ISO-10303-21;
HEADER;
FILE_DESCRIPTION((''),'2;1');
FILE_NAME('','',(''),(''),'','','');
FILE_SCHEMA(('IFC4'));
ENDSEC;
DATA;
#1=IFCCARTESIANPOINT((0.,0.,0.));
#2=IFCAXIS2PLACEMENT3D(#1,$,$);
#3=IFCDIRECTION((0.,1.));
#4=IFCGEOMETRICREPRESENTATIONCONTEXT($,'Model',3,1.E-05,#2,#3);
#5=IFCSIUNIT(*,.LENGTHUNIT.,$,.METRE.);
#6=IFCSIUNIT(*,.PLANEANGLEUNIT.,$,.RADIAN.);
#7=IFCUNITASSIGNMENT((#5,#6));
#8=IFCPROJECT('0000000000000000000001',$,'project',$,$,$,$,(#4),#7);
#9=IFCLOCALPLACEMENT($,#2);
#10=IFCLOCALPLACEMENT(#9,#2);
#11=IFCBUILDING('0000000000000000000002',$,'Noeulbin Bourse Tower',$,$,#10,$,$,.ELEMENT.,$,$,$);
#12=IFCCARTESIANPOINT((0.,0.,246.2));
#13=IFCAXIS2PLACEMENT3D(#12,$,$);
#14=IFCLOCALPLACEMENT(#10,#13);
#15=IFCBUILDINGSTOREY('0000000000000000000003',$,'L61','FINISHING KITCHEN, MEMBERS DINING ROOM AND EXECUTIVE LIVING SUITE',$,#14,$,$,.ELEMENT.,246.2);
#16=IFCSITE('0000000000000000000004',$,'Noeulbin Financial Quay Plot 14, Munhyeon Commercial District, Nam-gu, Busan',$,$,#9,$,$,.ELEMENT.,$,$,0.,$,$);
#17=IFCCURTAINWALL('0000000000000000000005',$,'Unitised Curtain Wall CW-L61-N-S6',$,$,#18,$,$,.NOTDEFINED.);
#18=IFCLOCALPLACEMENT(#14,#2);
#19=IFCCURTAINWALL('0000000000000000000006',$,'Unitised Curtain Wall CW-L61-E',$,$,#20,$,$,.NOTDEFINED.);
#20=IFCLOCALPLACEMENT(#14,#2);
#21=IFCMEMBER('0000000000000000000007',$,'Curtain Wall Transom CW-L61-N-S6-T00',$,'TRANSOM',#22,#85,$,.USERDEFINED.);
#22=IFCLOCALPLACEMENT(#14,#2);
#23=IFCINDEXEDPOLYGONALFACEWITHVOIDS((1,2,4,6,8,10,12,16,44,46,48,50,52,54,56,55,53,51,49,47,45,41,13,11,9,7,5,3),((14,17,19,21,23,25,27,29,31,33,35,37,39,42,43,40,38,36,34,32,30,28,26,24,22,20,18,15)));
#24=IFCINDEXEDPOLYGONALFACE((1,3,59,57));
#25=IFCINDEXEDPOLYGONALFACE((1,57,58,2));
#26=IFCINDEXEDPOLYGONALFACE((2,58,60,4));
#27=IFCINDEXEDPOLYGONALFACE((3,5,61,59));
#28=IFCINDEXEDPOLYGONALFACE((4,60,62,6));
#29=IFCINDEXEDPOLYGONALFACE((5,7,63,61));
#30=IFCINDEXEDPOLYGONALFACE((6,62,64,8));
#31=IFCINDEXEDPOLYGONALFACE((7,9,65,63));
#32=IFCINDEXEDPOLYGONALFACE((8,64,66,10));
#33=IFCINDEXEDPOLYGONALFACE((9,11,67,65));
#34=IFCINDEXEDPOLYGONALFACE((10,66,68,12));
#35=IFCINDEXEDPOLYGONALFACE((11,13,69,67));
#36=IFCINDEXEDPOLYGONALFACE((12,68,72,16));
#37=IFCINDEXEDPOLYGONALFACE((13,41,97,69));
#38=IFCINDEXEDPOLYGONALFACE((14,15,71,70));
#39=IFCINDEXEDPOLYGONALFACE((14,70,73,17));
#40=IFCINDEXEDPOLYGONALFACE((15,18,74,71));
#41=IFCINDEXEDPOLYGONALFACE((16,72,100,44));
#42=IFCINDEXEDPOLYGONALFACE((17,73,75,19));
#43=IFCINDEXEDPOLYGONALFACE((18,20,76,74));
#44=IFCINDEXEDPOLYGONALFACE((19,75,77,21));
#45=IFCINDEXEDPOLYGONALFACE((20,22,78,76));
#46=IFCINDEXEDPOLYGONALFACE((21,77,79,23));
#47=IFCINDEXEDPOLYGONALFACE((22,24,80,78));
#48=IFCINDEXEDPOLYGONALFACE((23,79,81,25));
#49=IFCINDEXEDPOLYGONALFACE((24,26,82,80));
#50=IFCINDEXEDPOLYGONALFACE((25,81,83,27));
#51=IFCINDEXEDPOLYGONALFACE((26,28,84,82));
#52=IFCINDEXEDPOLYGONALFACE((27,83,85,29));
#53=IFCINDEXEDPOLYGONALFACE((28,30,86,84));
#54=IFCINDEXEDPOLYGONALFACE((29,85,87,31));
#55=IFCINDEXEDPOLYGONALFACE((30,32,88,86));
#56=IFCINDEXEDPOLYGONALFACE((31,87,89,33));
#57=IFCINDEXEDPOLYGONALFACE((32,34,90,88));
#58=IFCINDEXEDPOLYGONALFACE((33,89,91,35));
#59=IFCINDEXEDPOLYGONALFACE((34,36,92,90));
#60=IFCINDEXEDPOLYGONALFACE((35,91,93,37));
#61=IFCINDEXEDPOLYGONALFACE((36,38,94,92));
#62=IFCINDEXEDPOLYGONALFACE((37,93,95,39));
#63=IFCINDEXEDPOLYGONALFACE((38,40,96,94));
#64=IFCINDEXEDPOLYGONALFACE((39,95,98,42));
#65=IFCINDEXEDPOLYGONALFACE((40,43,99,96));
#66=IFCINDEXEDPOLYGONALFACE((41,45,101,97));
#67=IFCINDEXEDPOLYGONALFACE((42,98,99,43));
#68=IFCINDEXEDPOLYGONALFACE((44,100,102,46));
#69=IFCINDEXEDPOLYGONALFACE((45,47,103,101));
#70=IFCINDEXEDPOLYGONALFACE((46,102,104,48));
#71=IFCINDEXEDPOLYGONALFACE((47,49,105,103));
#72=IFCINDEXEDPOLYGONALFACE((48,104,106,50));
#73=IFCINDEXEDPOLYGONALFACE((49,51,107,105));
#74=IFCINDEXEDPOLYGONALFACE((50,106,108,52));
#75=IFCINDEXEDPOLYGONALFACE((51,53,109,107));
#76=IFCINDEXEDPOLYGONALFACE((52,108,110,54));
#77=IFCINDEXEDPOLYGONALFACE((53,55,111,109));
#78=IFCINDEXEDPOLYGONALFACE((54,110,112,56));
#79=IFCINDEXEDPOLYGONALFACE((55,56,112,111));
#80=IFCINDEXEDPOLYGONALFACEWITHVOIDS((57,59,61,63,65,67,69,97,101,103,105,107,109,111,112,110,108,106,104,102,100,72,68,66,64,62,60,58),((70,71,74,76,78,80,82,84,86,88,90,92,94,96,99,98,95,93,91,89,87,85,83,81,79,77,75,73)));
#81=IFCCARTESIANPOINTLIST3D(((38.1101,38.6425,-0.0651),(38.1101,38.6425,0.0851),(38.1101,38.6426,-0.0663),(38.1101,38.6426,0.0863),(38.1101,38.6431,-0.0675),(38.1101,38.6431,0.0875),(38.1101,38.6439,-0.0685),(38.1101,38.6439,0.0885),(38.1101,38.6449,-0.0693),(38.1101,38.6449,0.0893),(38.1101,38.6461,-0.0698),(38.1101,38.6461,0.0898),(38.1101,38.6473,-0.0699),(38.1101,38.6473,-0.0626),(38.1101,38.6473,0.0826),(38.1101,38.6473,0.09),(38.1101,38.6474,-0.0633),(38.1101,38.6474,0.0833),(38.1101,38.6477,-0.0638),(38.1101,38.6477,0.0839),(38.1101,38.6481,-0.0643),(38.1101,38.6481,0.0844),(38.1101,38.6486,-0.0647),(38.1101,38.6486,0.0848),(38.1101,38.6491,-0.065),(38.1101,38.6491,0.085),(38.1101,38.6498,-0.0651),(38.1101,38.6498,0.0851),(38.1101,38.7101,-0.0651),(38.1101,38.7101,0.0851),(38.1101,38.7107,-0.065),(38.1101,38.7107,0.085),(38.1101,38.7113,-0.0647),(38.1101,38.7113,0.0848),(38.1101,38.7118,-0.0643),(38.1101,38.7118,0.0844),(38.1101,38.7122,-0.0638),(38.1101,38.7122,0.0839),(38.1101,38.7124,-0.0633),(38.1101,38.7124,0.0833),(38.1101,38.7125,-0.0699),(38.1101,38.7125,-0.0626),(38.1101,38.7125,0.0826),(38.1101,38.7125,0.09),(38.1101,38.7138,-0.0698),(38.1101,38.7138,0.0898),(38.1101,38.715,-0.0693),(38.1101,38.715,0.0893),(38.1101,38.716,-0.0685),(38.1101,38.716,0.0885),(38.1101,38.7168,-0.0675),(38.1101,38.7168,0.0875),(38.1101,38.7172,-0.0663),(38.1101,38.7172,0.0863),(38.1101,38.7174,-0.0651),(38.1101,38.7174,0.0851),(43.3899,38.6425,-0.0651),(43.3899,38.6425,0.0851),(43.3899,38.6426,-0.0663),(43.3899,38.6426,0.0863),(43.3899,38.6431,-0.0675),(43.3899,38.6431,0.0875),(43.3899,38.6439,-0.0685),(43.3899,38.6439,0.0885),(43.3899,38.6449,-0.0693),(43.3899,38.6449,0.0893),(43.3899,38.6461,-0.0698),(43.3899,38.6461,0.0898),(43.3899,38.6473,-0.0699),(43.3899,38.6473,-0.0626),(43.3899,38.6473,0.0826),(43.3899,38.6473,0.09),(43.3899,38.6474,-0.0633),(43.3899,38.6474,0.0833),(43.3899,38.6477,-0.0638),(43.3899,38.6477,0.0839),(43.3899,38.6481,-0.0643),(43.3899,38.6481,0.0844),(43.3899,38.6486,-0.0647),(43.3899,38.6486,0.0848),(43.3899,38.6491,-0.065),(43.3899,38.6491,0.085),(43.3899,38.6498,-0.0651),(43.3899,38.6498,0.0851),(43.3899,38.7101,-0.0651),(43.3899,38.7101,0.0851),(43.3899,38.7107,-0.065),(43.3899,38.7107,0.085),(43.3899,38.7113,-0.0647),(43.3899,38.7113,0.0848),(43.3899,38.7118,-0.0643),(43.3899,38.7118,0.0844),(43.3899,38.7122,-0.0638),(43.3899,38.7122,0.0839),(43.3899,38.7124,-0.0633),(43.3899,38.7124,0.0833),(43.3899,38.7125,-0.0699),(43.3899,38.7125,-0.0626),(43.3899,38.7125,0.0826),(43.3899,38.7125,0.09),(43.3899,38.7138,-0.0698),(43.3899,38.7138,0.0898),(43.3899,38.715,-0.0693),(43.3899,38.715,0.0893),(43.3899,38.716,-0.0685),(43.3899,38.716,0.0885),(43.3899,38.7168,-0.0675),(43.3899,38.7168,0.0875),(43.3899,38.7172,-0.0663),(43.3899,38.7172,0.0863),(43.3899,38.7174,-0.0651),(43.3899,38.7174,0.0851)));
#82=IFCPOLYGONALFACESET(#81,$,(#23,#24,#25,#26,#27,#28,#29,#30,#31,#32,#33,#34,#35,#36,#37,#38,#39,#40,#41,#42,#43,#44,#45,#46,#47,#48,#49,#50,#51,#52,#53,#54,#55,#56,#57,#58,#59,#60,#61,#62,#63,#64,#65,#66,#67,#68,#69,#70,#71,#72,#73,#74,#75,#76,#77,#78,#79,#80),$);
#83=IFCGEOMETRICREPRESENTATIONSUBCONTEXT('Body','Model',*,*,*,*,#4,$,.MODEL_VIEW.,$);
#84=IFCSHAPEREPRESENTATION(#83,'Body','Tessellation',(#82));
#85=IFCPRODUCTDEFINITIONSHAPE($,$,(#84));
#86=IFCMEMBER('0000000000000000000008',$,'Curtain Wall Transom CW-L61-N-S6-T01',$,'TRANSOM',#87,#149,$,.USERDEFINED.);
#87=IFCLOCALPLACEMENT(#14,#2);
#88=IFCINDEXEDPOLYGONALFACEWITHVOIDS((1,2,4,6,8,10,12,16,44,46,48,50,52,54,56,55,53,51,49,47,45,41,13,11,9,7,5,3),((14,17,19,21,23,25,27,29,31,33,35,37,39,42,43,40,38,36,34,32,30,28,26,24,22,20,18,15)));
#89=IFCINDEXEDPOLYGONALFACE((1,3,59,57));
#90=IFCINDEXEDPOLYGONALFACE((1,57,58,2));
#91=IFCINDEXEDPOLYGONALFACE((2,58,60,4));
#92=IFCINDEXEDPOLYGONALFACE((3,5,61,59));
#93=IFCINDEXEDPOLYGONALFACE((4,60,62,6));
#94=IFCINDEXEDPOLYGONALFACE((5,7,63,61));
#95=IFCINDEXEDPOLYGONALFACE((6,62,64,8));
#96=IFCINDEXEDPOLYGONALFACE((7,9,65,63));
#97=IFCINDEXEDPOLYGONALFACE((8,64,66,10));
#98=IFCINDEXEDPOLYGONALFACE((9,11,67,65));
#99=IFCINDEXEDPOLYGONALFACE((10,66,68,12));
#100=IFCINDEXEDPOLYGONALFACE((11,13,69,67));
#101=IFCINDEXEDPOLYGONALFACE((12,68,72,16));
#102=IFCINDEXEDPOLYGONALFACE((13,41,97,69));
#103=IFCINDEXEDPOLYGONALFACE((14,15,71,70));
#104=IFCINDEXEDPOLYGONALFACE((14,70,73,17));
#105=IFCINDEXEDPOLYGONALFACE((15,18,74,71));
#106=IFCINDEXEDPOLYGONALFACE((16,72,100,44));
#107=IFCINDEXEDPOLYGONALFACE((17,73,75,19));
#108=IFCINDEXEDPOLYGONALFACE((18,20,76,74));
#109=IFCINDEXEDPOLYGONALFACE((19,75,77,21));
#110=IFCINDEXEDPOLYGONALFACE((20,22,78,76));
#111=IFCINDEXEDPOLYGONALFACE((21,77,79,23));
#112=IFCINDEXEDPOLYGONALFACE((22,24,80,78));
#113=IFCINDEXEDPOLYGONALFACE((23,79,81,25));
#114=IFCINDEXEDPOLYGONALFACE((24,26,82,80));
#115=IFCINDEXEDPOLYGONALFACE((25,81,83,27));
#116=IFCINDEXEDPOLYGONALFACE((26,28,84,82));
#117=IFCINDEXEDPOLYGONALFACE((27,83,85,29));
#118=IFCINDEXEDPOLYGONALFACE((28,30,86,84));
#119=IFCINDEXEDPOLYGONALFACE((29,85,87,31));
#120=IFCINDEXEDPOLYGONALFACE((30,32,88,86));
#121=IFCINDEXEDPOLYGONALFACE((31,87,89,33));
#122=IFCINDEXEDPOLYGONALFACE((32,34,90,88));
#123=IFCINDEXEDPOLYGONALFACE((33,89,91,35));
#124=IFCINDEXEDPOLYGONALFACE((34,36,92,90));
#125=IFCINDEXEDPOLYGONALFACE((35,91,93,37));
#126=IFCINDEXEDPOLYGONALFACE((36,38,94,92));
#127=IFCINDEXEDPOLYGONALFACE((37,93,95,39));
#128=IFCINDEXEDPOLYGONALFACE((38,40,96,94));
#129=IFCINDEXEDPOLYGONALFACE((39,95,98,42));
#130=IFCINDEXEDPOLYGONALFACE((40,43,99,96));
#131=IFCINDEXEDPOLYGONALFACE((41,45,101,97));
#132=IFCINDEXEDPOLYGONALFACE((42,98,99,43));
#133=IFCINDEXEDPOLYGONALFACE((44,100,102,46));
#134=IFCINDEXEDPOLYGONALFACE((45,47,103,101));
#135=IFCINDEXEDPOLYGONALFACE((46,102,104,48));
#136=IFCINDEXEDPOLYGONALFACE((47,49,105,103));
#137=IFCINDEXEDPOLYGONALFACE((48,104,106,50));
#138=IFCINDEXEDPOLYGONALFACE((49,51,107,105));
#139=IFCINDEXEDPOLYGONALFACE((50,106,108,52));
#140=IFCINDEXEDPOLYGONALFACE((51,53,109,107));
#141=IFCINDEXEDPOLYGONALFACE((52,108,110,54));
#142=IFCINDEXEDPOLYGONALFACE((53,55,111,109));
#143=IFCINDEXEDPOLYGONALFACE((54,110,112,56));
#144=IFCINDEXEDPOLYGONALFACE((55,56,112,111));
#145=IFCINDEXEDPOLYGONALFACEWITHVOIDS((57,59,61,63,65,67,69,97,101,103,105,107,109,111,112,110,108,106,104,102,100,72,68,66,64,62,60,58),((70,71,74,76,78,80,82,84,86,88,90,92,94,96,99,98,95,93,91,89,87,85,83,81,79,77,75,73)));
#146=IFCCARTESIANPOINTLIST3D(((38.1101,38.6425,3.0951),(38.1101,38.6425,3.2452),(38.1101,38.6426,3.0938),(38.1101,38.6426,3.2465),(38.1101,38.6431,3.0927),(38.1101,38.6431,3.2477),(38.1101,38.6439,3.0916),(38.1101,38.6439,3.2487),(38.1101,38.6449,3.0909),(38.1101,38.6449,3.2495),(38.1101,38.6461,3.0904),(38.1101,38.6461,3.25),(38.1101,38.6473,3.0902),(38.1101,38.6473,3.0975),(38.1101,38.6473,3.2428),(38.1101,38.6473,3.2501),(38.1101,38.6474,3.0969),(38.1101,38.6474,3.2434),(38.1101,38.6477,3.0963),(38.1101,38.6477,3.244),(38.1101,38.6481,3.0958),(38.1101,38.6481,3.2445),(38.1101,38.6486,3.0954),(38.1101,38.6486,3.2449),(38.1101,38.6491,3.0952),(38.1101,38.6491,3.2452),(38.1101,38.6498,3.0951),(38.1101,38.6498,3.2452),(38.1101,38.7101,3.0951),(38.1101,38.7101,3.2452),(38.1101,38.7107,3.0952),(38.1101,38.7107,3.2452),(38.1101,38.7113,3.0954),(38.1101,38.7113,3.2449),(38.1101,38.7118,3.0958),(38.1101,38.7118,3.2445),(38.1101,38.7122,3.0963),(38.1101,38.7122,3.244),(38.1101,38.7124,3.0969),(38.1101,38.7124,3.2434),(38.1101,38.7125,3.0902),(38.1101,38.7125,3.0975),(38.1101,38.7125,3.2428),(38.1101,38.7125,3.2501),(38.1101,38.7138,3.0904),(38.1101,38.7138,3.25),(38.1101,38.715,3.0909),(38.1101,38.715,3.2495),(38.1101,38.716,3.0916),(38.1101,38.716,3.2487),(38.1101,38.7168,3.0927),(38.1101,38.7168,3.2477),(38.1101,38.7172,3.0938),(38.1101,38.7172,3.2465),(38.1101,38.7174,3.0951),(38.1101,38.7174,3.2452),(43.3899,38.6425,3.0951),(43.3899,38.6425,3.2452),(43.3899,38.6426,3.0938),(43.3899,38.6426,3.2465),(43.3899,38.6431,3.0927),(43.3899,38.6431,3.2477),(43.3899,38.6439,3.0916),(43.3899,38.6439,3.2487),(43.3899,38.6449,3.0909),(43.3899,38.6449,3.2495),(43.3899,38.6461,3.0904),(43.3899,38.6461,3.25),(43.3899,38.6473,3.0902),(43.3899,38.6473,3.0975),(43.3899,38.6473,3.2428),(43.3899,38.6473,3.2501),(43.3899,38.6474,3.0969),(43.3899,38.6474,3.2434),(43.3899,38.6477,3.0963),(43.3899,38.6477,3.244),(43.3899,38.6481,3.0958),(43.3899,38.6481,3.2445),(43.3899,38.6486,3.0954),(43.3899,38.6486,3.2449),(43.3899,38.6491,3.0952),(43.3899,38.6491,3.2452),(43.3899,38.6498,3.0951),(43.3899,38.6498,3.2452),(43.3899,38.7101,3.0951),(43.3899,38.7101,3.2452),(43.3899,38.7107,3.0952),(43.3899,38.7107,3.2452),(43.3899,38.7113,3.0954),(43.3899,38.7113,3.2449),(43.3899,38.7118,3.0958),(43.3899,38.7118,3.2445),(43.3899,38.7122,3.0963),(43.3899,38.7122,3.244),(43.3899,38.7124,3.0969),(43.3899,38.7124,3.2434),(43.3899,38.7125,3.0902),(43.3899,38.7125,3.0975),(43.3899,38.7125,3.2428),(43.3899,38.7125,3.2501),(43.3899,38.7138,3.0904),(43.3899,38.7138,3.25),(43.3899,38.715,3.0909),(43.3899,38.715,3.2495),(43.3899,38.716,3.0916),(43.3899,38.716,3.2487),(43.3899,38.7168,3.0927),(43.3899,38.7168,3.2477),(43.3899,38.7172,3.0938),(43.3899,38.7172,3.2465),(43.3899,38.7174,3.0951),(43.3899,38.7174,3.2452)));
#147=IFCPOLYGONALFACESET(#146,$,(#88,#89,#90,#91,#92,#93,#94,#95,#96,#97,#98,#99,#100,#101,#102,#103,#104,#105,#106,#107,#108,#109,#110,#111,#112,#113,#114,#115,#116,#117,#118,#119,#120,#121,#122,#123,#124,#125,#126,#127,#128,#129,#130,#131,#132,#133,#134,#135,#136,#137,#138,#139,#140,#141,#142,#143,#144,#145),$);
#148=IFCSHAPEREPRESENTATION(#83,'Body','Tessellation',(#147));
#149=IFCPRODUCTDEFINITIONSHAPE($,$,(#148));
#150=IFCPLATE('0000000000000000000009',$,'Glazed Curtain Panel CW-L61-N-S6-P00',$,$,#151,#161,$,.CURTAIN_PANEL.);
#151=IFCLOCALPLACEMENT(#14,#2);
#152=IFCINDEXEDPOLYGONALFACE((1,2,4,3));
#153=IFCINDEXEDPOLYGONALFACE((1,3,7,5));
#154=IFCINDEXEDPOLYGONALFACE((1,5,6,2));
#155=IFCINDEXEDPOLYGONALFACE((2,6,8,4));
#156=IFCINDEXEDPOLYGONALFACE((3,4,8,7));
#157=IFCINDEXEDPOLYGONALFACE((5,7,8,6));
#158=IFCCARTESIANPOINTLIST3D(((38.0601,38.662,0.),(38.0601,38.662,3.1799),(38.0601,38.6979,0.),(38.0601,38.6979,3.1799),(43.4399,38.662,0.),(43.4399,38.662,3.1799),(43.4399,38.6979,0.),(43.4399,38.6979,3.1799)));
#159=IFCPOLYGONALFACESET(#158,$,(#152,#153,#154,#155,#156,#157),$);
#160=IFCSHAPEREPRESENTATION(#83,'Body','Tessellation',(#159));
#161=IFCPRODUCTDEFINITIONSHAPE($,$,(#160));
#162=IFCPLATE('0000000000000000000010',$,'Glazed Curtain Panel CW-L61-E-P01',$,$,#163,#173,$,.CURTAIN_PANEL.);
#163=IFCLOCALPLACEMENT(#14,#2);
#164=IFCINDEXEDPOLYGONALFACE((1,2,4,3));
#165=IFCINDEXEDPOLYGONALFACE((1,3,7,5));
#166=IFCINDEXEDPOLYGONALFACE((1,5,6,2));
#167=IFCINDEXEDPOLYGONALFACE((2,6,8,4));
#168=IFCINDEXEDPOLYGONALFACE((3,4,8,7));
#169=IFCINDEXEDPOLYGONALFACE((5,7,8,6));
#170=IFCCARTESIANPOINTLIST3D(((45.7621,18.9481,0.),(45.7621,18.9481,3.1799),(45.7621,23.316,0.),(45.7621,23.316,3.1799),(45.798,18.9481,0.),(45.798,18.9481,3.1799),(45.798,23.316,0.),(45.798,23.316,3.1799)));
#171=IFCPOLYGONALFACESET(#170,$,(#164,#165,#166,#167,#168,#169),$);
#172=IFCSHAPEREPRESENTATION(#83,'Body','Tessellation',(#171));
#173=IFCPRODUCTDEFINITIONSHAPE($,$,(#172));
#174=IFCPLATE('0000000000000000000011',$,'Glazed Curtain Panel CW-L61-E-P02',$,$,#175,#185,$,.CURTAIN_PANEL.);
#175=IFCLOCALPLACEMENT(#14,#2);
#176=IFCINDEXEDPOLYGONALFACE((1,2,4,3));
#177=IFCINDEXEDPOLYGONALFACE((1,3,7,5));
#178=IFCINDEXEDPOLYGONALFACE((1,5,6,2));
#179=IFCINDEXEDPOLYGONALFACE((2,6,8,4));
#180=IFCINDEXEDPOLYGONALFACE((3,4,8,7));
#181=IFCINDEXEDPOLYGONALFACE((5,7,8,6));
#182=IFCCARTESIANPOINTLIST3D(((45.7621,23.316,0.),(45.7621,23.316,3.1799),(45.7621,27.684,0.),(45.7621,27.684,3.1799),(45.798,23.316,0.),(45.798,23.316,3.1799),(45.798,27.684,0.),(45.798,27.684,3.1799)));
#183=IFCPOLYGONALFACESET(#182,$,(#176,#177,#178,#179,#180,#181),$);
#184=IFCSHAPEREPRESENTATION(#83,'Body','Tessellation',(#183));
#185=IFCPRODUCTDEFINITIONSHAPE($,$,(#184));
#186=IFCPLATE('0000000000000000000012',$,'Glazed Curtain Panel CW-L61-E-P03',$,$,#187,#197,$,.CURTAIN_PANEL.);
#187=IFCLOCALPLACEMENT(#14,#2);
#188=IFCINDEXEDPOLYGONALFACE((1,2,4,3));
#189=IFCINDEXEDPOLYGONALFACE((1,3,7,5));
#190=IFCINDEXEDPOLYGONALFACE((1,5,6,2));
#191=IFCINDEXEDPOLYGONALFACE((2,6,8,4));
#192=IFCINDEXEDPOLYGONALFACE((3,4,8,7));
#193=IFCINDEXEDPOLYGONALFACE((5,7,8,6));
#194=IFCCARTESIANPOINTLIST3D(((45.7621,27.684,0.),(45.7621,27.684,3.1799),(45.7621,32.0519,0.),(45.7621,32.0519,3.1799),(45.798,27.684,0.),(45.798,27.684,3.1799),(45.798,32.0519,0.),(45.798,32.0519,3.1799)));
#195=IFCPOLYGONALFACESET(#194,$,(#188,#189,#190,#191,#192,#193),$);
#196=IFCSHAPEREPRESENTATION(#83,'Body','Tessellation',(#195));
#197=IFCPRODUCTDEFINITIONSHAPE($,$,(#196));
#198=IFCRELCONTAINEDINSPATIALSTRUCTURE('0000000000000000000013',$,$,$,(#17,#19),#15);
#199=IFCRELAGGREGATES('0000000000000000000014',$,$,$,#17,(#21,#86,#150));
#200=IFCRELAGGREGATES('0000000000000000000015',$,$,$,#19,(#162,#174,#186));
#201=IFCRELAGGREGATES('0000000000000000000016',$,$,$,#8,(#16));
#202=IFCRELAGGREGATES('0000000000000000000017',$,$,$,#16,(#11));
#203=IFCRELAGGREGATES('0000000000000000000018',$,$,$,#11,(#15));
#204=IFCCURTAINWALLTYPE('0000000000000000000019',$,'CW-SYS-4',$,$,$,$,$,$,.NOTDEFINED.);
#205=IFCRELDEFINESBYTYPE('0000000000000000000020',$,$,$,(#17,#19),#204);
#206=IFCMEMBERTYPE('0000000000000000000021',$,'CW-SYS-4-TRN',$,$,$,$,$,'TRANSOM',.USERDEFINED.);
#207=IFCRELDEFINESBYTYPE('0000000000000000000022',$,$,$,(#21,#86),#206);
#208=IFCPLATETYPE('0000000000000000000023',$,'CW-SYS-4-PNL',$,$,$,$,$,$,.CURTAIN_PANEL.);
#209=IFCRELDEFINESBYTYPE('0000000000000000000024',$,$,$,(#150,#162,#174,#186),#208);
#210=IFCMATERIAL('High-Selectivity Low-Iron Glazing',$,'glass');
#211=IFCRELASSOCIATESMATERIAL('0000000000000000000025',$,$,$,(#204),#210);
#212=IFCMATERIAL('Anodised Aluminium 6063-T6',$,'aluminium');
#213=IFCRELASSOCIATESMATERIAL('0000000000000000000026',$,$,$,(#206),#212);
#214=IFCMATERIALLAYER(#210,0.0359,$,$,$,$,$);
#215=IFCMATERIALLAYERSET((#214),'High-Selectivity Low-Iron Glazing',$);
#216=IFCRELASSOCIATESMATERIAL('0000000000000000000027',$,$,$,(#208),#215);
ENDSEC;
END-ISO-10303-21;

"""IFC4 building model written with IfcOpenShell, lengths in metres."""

from ifc_helpers import new_model, si_unit, direction, frame, origin, origin_2d, place, context, subcontext, project, spatial, rectangle, hollow_rectangle, extrude, material, layer, layer_set, material_profile, profile_set, type_object, element, aggregate, save


model = new_model("IFC4")

# Units and contexts
model_context = context("Model", 3, precision=1e-05, world=origin(), true_north=direction((0.0, 1.0)))
body_context = subcontext(model_context, "Body", "Model", "MODEL_VIEW")
ifc_project = project(units=[si_unit("LENGTHUNIT", "METRE"), si_unit("PLANEANGLEUNIT", "RADIAN")], contexts=[model_context])

# Site, building, storey
site_placement = place(None, origin())
site = spatial("IfcSite", under=ifc_project, at=site_placement, Name="Noeulbin Financial Quay Plot 14, Munhyeon Commercial District, Nam-gu, Busan", CompositionType="ELEMENT", RefElevation=0.0)
building_placement = place(site_placement, origin())
building = spatial("IfcBuilding", under=site, at=building_placement, Name="Noeulbin Bourse Tower", CompositionType="ELEMENT")
storey_placement = place(building_placement, frame((0.0, 0.0, 246.2)))
storey = spatial("IfcBuildingStorey", under=building, at=storey_placement, Name="L61", Description="FINISHING KITCHEN, MEMBERS DINING ROOM AND EXECUTIVE LIVING SUITE", CompositionType="ELEMENT", Elevation=246.2)

# Curtain walls
ifc_material_1 = material(Name="High-Selectivity Low-Iron Glazing", Category="glass")
curtain_wall_type = type_object("IfcCurtainWallType", Name="CW-SYS-4", PredefinedType="NOTDEFINED", material=ifc_material_1)
curtain_wall_1_placement = place(storey_placement, origin())
curtain_wall_1 = element("IfcCurtainWall", 1, at=curtain_wall_1_placement, inside=storey, type_object=curtain_wall_type, Name="Unitised Curtain Wall CW-L61-N-S6", PredefinedType="NOTDEFINED")
ifc_material_2 = material(Name="Anodised Aluminium 6063-T6", Category="aluminium")
curtain_wall_2_placement = place(storey_placement, origin())
curtain_wall_2 = element("IfcCurtainWall", 2, at=curtain_wall_2_placement, inside=storey, type_object=curtain_wall_type, Name="Unitised Curtain Wall CW-L61-E", PredefinedType="NOTDEFINED")

# Members
ifc_material_profile_1 = material_profile(ifc_material_2, hollow_rectangle(XDim=0.075, YDim=0.1599, WallThickness=0.0049, InnerFilletRadius=0.0024, OuterFilletRadius=0.0049, at=origin_2d()), Name="ALU-TRAN-75x160x5", Category="LoadBearing")
ifc_profile_set_1 = profile_set([ifc_material_profile_1], Name="Anodised Aluminium 6063-T6")
member_type_1 = type_object("IfcMemberType", Name="CW-SYS-4-TRN", ElementType="TRANSOM", PredefinedType="USERDEFINED", material=ifc_profile_set_1)
member_1_placement = place(storey_placement, frame((38.1101, 38.6799, 0.01), z_axis=(1.0, 0.0, 0.0), x_axis=(0.0, 1.0, 0.0)))
member_1 = element("IfcMember", 3, at=member_1_placement, type_object=member_type_1, Name="Curtain Wall Transom CW-L61-N-S6-T00", ObjectType="TRANSOM", PredefinedType="USERDEFINED", context=body_context, shape_type="SweptSolid", body=[
    extrude(hollow_rectangle(XDim=0.075, YDim=0.1599, WallThickness=0.0049, InnerFilletRadius=0.0024, OuterFilletRadius=0.0049, at=origin_2d()), origin(), (0.0, 0.0, 1.0), 5.2798),
])
member_2_placement = place(storey_placement, frame((38.1101, 38.6799, 3.1702), z_axis=(1.0, 0.0, 0.0), x_axis=(0.0, 1.0, 0.0)))
member_2 = element("IfcMember", 4, at=member_2_placement, type_object=member_type_1, Name="Curtain Wall Transom CW-L61-N-S6-T01", ObjectType="TRANSOM", PredefinedType="USERDEFINED", context=body_context, shape_type="SweptSolid", body=[
    extrude(hollow_rectangle(XDim=0.075, YDim=0.1599, WallThickness=0.0049, InnerFilletRadius=0.0024, OuterFilletRadius=0.0049, at=origin_2d()), origin(), (0.0, 0.0, 1.0), 5.2798),
])

# Plates
ifc_layer_1 = layer(ifc_material_1, 0.0359)
ifc_layer_set_1 = layer_set([ifc_layer_1], Name="High-Selectivity Low-Iron Glazing")
plate_type_1 = type_object("IfcPlateType", Name="CW-SYS-4-PNL", PredefinedType="CURTAIN_PANEL", material=ifc_layer_set_1)
plate_1_placement = place(storey_placement, frame((40.75, 38.6799, 0.0), z_axis=(0.0, 0.0, 1.0), x_axis=(1.0, 0.0, 0.0)))
plate_1 = element("IfcPlate", 5, at=plate_1_placement, type_object=plate_type_1, Name="Glazed Curtain Panel CW-L61-N-S6-P00", PredefinedType="CURTAIN_PANEL", context=body_context, shape_type="SweptSolid", body=[
    extrude(rectangle(XDim=5.3799, YDim=0.0359, at=origin_2d()), origin(), (0.0, 0.0, 1.0), 3.1799),
])
aggregate(curtain_wall_1, [member_1, member_2, plate_1])
plate_2_placement = place(storey_placement, frame((45.78, 21.1321, 0.0), z_axis=(0.0, 0.0, 1.0), x_axis=(0.0, 1.0, 0.0)))
plate_2 = element("IfcPlate", 6, at=plate_2_placement, type_object=plate_type_1, Name="Glazed Curtain Panel CW-L61-E-P01", PredefinedType="CURTAIN_PANEL", context=body_context, shape_type="SweptSolid", body=[
    extrude(rectangle(XDim=4.3679, YDim=0.0359, at=origin_2d()), origin(), (0.0, 0.0, 1.0), 3.1799),
])
plate_3_placement = place(storey_placement, frame((45.78, 25.5, 0.0), z_axis=(0.0, 0.0, 1.0), x_axis=(0.0, 1.0, 0.0)))
plate_3 = element("IfcPlate", 7, at=plate_3_placement, type_object=plate_type_1, Name="Glazed Curtain Panel CW-L61-E-P02", PredefinedType="CURTAIN_PANEL", context=body_context, shape_type="SweptSolid", body=[
    extrude(rectangle(XDim=4.3679, YDim=0.0359, at=origin_2d()), origin(), (0.0, 0.0, 1.0), 3.1799),
])
plate_4_placement = place(storey_placement, frame((45.78, 29.8679, 0.0), z_axis=(0.0, 0.0, 1.0), x_axis=(0.0, 1.0, 0.0)))
plate_4 = element("IfcPlate", 8, at=plate_4_placement, type_object=plate_type_1, Name="Glazed Curtain Panel CW-L61-E-P03", PredefinedType="CURTAIN_PANEL", context=body_context, shape_type="SweptSolid", body=[
    extrude(rectangle(XDim=4.3679, YDim=0.0359, at=origin_2d()), origin(), (0.0, 0.0, 1.0), 3.1799),
])
aggregate(curtain_wall_2, [plate_2, plate_3, plate_4])

save(model, "model.ifc")
